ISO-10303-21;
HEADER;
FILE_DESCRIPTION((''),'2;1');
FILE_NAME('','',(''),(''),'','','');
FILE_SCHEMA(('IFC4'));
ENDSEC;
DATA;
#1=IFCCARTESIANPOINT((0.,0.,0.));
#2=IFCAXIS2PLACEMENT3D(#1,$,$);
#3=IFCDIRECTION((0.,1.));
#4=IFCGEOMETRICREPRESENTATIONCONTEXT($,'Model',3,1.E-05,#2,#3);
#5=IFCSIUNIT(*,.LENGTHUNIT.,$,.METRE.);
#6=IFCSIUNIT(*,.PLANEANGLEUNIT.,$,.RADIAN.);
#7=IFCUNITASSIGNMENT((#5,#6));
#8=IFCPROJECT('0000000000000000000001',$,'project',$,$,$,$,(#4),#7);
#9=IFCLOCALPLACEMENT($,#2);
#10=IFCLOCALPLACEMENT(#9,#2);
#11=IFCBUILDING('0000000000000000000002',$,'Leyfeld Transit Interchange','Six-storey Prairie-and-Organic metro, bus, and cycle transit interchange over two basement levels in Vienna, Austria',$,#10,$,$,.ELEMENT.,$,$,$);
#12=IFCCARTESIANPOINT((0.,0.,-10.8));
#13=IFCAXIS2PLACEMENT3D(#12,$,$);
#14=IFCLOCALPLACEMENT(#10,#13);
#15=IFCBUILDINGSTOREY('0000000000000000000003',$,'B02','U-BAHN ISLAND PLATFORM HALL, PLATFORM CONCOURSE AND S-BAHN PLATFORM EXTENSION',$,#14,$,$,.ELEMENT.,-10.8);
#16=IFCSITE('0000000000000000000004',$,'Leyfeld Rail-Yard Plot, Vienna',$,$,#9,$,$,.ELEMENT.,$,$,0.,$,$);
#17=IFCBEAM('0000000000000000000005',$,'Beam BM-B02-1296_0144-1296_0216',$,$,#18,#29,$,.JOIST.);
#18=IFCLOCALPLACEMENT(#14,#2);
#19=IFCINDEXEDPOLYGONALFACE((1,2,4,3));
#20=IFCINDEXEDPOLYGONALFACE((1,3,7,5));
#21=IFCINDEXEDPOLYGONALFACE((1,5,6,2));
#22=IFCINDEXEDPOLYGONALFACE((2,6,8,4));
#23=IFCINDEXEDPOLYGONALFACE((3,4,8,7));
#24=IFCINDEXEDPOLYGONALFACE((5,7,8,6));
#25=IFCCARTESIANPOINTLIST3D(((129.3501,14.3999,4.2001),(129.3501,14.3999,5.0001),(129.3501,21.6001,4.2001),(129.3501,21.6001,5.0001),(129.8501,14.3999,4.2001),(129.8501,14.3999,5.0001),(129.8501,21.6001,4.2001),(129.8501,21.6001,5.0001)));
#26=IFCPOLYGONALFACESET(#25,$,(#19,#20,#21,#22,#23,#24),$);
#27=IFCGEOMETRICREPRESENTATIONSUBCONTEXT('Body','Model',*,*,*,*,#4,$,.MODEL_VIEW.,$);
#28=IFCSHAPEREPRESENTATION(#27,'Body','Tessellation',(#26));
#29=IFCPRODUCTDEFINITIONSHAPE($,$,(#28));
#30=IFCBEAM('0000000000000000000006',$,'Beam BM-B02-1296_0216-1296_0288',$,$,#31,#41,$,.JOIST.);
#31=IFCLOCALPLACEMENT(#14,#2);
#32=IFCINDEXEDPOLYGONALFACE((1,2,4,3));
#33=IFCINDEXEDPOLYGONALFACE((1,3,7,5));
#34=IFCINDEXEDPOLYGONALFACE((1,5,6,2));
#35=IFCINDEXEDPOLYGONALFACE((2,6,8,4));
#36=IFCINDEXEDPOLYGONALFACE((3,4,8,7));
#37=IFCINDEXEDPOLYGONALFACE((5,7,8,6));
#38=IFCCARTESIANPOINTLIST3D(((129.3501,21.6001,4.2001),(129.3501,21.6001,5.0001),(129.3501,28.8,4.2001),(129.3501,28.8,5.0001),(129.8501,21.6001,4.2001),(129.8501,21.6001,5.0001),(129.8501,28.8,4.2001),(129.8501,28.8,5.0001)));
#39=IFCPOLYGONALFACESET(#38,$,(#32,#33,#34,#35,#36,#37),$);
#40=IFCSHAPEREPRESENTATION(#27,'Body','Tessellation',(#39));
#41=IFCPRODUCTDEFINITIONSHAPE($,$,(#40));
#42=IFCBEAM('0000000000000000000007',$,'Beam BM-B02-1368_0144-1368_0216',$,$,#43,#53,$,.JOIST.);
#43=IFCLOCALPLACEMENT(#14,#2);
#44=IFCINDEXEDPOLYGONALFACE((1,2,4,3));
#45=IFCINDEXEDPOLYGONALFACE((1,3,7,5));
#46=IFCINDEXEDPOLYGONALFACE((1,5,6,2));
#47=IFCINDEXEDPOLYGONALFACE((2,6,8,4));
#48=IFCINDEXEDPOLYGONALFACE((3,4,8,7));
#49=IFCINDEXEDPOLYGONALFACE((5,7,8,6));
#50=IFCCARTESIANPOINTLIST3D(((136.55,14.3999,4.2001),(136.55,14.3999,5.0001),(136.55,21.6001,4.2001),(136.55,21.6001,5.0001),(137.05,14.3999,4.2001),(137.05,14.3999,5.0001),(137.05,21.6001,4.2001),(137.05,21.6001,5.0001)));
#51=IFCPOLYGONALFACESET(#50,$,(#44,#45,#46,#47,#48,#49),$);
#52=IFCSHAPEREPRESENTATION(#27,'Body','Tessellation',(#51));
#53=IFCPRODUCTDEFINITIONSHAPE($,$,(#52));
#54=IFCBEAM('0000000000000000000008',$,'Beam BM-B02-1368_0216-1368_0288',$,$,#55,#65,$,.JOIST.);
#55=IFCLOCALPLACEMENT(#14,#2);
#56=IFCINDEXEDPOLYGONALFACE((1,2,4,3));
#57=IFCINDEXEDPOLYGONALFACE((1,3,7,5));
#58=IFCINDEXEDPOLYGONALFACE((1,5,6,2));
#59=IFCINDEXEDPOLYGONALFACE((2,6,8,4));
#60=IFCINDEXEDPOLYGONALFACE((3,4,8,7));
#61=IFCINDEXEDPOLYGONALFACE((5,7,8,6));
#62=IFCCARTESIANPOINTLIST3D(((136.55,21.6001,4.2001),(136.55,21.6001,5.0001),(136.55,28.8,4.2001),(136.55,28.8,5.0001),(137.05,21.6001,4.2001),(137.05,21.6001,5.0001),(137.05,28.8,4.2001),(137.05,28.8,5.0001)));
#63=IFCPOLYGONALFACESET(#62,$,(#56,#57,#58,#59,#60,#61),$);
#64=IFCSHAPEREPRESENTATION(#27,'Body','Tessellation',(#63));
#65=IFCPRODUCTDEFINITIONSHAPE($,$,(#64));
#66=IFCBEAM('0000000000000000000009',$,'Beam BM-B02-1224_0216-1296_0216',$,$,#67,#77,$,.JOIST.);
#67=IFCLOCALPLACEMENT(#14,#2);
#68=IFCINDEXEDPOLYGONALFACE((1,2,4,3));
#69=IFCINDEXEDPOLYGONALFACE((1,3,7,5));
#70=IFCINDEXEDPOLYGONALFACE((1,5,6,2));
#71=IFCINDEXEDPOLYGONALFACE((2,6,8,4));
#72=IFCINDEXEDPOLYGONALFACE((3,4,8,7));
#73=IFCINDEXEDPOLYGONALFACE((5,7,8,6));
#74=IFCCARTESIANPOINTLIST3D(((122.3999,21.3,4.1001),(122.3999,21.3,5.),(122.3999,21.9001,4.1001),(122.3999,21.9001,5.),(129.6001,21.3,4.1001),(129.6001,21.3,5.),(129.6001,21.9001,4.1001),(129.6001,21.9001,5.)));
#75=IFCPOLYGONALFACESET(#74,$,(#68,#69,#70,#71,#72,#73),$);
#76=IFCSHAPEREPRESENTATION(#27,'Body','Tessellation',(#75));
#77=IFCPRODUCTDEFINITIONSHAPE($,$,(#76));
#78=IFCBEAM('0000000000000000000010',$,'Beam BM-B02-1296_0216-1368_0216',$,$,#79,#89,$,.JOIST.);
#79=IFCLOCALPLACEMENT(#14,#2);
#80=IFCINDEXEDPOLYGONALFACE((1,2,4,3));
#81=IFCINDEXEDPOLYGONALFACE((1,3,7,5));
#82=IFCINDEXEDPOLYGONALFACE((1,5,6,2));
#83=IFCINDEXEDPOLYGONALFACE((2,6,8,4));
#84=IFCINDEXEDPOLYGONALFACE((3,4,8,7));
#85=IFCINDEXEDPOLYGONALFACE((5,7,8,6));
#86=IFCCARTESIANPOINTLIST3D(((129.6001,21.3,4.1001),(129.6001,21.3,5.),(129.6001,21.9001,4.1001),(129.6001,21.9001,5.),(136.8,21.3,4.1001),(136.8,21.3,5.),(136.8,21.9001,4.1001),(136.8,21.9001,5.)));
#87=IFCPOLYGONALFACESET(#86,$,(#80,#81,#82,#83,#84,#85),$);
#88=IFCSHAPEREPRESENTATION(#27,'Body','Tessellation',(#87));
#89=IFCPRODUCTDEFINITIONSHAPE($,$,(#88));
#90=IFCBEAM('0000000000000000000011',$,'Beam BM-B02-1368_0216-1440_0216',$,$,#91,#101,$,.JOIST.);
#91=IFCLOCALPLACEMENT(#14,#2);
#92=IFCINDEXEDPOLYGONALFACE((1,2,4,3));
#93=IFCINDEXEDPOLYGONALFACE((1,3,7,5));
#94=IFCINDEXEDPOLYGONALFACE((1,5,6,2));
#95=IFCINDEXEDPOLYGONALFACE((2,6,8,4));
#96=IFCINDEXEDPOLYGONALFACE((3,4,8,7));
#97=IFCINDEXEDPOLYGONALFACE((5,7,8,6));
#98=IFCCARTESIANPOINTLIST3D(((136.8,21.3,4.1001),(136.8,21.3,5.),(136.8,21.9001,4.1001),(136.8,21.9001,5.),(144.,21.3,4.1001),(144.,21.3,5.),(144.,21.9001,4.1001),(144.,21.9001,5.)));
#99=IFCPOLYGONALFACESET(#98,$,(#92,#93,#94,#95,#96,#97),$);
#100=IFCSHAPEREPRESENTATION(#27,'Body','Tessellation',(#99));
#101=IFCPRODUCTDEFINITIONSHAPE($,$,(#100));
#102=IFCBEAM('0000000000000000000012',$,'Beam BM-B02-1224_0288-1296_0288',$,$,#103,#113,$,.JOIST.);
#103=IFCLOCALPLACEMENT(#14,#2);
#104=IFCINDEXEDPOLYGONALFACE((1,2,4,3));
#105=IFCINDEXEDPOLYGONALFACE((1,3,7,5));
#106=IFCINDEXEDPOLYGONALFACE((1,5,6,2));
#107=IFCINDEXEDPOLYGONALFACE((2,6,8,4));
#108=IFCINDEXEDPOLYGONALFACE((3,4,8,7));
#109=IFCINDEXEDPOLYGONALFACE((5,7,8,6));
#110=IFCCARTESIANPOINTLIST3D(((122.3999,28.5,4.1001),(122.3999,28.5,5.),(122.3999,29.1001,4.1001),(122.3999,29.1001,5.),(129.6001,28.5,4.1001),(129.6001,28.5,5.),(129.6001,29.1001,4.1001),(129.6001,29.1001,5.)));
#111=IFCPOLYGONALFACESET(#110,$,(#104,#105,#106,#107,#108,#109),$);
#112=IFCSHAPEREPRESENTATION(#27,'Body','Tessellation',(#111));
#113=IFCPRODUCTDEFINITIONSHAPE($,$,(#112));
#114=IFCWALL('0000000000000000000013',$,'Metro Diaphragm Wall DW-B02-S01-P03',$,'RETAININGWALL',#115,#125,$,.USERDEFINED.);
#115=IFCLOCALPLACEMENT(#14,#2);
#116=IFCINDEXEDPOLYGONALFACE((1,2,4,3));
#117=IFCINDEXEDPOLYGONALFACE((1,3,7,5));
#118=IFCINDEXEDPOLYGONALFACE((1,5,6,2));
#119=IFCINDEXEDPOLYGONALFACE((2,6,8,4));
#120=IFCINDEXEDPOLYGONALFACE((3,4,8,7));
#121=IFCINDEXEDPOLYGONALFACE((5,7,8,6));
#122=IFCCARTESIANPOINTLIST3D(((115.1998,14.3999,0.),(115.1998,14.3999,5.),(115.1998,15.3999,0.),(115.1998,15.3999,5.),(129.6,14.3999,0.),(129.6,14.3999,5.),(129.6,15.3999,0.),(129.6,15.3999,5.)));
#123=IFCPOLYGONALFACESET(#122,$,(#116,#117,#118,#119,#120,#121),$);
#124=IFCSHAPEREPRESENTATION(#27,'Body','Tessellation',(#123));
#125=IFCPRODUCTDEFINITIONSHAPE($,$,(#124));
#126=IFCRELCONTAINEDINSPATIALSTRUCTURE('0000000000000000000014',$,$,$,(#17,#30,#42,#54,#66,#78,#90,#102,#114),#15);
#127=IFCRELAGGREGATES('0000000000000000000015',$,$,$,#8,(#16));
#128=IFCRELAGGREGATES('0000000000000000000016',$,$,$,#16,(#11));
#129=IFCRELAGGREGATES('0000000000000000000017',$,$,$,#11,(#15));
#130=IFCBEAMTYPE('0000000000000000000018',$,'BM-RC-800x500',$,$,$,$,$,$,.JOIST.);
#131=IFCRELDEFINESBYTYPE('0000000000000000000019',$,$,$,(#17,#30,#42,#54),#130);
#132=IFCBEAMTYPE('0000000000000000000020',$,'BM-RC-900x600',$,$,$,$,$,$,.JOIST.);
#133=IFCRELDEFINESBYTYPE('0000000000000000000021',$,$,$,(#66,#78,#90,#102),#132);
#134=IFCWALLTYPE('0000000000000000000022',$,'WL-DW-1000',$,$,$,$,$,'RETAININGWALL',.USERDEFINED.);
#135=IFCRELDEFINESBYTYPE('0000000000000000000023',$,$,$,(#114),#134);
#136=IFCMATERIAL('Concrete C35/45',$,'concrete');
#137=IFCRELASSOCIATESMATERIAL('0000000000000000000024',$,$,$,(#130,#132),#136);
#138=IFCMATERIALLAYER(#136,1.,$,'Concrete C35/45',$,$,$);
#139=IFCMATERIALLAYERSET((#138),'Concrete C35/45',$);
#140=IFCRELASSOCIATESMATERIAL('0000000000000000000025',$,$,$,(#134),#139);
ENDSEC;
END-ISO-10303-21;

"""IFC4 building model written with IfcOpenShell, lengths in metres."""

from ifc_helpers import new_model, si_unit, direction, frame, frame_2d, origin, origin_2d, place, context, subcontext, project, spatial, rectangle, extrude, material, layer, layer_set, material_profile, profile_set, type_object, element, save


model = new_model("IFC4")

# Units and contexts
model_context = context("Model", 3, precision=1e-05, world=origin(), true_north=direction((0.0, 1.0)))
body_context = subcontext(model_context, "Body", "Model", "MODEL_VIEW")
ifc_project = project(units=[si_unit("LENGTHUNIT", "METRE"), si_unit("PLANEANGLEUNIT", "RADIAN")], contexts=[model_context])

# Site, building, storey
site_placement = place(None, origin())
site = spatial("IfcSite", under=ifc_project, at=site_placement, Name="Leyfeld Rail-Yard Plot, Vienna", CompositionType="ELEMENT", RefElevation=0.0)
building_placement = place(site_placement, origin())
building = spatial("IfcBuilding", under=site, at=building_placement, Name="Leyfeld Transit Interchange", Description="Six-storey Prairie-and-Organic metro, bus, and cycle transit interchange over two basement levels in Vienna, Austria", CompositionType="ELEMENT")
storey_placement = place(building_placement, frame((0.0, 0.0, -10.8)))
storey = spatial("IfcBuildingStorey", under=building, at=storey_placement, Name="B02", Description="U-BAHN ISLAND PLATFORM HALL, PLATFORM CONCOURSE AND S-BAHN PLATFORM EXTENSION", CompositionType="ELEMENT", Elevation=-10.8)

# Shared definitions
ifc_material = material(Name="Concrete C35/45", Category="concrete")

# Beams
ifc_material_profile_1 = material_profile(ifc_material, rectangle(XDim=0.5, YDim=0.8, at=origin_2d()), Name="RC 800x500")
ifc_profile_set_1 = profile_set([ifc_material_profile_1], Name="Concrete C35/45")
beam_type_1 = type_object("IfcBeamType", Name="BM-RC-800x500", PredefinedType="JOIST", material=ifc_profile_set_1)
beam_1_placement = place(storey_placement, frame((129.6001, 14.3999, 4.6001), z_axis=(0.0, 1.0, 0.0), x_axis=(-1.0, 0.0, 0.0)))
element("IfcBeam", 1, at=beam_1_placement, inside=storey, type_object=beam_type_1, Name="Beam BM-B02-1296_0144-1296_0216", PredefinedType="JOIST", context=body_context, shape_type="SweptSolid", body=[
    extrude(rectangle(XDim=0.5, YDim=0.8, at=origin_2d()), origin(), (0.0, 0.0, 1.0), 7.2002),
])
beam_2_placement = place(storey_placement, frame((129.6001, 21.6001, 4.6001), z_axis=(0.0, 1.0, 0.0), x_axis=(-1.0, 0.0, 0.0)))
element("IfcBeam", 2, at=beam_2_placement, inside=storey, type_object=beam_type_1, Name="Beam BM-B02-1296_0216-1296_0288", PredefinedType="JOIST", context=body_context, shape_type="SweptSolid", body=[
    extrude(rectangle(XDim=0.5, YDim=0.8, at=origin_2d()), origin(), (0.0, 0.0, 1.0), 7.2),
])
beam_3_placement = place(storey_placement, frame((136.8, 14.3999, 4.6001), z_axis=(0.0, 1.0, 0.0), x_axis=(-1.0, 0.0, 0.0)))
element("IfcBeam", 3, at=beam_3_placement, inside=storey, type_object=beam_type_1, Name="Beam BM-B02-1368_0144-1368_0216", PredefinedType="JOIST", context=body_context, shape_type="SweptSolid", body=[
    extrude(rectangle(XDim=0.5, YDim=0.8, at=origin_2d()), origin(), (0.0, 0.0, 1.0), 7.2002),
])
beam_4_placement = place(storey_placement, frame((136.8, 21.6001, 4.6001), z_axis=(0.0, 1.0, 0.0), x_axis=(-1.0, 0.0, 0.0)))
element("IfcBeam", 4, at=beam_4_placement, inside=storey, type_object=beam_type_1, Name="Beam BM-B02-1368_0216-1368_0288", PredefinedType="JOIST", context=body_context, shape_type="SweptSolid", body=[
    extrude(rectangle(XDim=0.5, YDim=0.8, at=origin_2d()), origin(), (0.0, 0.0, 1.0), 7.2),
])
ifc_material_profile_2 = material_profile(ifc_material, rectangle(XDim=0.6001, YDim=0.8999, at=origin_2d()), Name="RC 900x600")
ifc_profile_set_2 = profile_set([ifc_material_profile_2], Name="Concrete C35/45")
beam_type_2 = type_object("IfcBeamType", Name="BM-RC-900x600", PredefinedType="JOIST", material=ifc_profile_set_2)
beam_5_placement = place(storey_placement, frame((122.3999, 21.6001, 4.55), z_axis=(1.0, 0.0, 0.0), x_axis=(0.0, 1.0, 0.0)))
element("IfcBeam", 5, at=beam_5_placement, inside=storey, type_object=beam_type_2, Name="Beam BM-B02-1224_0216-1296_0216", PredefinedType="JOIST", context=body_context, shape_type="SweptSolid", body=[
    extrude(rectangle(XDim=0.6001, YDim=0.8999, at=origin_2d()), origin(), (0.0, 0.0, 1.0), 7.2002),
])
for number, where, z_axis, x_axis, name in (
    (6, (129.6001, 21.6001, 4.55), (1.0, 0.0, 0.0), (0.0, 1.0, 0.0), "Beam BM-B02-1296_0216-1368_0216"),
    (7, (136.8, 21.6001, 4.55), (1.0, 0.0, 0.0), (0.0, 1.0, 0.0), "Beam BM-B02-1368_0216-1440_0216"),
):
    element("IfcBeam", number, at=place(storey_placement, frame(where, z_axis=z_axis, x_axis=x_axis)), inside=storey, type_object=beam_type_2, Name=name, PredefinedType="JOIST", context=body_context, shape_type="SweptSolid", body=[
        extrude(rectangle(XDim=0.6001, YDim=0.8999, at=origin_2d()), origin(), (0.0, 0.0, 1.0), 7.2),
    ])
beam_6_placement = place(storey_placement, frame((122.3999, 28.8, 4.55), z_axis=(1.0, 0.0, 0.0), x_axis=(0.0, 1.0, 0.0)))
element("IfcBeam", 8, at=beam_6_placement, inside=storey, type_object=beam_type_2, Name="Beam BM-B02-1224_0288-1296_0288", PredefinedType="JOIST", context=body_context, shape_type="SweptSolid", body=[
    extrude(rectangle(XDim=0.6001, YDim=0.8999, at=origin_2d()), origin(), (0.0, 0.0, 1.0), 7.2002),
])

# Wall
ifc_layer = layer(ifc_material, 1.0, Name="Concrete C35/45")
ifc_layer_set = layer_set([ifc_layer], Name="Concrete C35/45")
wall_type = type_object("IfcWallType", Name="WL-DW-1000", ElementType="RETAININGWALL", PredefinedType="USERDEFINED", material=ifc_layer_set)
wall_placement = place(storey_placement, frame((129.6001, 14.8999, 0.0), z_axis=(0.0, 0.0, 1.0), x_axis=(-1.0, 0.0, 0.0)))
element("IfcWall", 9, at=wall_placement, inside=storey, type_object=wall_type, Name="Metro Diaphragm Wall DW-B02-S01-P03", ObjectType="RETAININGWALL", PredefinedType="USERDEFINED", context=body_context, shape_type="SweptSolid", body=[
    extrude(rectangle(XDim=14.4001, YDim=1.0, at=frame_2d((7.2002, 0.0))), origin(), (0.0, 0.0, 1.0), 5.0),
])

save(model, "model.ifc")
